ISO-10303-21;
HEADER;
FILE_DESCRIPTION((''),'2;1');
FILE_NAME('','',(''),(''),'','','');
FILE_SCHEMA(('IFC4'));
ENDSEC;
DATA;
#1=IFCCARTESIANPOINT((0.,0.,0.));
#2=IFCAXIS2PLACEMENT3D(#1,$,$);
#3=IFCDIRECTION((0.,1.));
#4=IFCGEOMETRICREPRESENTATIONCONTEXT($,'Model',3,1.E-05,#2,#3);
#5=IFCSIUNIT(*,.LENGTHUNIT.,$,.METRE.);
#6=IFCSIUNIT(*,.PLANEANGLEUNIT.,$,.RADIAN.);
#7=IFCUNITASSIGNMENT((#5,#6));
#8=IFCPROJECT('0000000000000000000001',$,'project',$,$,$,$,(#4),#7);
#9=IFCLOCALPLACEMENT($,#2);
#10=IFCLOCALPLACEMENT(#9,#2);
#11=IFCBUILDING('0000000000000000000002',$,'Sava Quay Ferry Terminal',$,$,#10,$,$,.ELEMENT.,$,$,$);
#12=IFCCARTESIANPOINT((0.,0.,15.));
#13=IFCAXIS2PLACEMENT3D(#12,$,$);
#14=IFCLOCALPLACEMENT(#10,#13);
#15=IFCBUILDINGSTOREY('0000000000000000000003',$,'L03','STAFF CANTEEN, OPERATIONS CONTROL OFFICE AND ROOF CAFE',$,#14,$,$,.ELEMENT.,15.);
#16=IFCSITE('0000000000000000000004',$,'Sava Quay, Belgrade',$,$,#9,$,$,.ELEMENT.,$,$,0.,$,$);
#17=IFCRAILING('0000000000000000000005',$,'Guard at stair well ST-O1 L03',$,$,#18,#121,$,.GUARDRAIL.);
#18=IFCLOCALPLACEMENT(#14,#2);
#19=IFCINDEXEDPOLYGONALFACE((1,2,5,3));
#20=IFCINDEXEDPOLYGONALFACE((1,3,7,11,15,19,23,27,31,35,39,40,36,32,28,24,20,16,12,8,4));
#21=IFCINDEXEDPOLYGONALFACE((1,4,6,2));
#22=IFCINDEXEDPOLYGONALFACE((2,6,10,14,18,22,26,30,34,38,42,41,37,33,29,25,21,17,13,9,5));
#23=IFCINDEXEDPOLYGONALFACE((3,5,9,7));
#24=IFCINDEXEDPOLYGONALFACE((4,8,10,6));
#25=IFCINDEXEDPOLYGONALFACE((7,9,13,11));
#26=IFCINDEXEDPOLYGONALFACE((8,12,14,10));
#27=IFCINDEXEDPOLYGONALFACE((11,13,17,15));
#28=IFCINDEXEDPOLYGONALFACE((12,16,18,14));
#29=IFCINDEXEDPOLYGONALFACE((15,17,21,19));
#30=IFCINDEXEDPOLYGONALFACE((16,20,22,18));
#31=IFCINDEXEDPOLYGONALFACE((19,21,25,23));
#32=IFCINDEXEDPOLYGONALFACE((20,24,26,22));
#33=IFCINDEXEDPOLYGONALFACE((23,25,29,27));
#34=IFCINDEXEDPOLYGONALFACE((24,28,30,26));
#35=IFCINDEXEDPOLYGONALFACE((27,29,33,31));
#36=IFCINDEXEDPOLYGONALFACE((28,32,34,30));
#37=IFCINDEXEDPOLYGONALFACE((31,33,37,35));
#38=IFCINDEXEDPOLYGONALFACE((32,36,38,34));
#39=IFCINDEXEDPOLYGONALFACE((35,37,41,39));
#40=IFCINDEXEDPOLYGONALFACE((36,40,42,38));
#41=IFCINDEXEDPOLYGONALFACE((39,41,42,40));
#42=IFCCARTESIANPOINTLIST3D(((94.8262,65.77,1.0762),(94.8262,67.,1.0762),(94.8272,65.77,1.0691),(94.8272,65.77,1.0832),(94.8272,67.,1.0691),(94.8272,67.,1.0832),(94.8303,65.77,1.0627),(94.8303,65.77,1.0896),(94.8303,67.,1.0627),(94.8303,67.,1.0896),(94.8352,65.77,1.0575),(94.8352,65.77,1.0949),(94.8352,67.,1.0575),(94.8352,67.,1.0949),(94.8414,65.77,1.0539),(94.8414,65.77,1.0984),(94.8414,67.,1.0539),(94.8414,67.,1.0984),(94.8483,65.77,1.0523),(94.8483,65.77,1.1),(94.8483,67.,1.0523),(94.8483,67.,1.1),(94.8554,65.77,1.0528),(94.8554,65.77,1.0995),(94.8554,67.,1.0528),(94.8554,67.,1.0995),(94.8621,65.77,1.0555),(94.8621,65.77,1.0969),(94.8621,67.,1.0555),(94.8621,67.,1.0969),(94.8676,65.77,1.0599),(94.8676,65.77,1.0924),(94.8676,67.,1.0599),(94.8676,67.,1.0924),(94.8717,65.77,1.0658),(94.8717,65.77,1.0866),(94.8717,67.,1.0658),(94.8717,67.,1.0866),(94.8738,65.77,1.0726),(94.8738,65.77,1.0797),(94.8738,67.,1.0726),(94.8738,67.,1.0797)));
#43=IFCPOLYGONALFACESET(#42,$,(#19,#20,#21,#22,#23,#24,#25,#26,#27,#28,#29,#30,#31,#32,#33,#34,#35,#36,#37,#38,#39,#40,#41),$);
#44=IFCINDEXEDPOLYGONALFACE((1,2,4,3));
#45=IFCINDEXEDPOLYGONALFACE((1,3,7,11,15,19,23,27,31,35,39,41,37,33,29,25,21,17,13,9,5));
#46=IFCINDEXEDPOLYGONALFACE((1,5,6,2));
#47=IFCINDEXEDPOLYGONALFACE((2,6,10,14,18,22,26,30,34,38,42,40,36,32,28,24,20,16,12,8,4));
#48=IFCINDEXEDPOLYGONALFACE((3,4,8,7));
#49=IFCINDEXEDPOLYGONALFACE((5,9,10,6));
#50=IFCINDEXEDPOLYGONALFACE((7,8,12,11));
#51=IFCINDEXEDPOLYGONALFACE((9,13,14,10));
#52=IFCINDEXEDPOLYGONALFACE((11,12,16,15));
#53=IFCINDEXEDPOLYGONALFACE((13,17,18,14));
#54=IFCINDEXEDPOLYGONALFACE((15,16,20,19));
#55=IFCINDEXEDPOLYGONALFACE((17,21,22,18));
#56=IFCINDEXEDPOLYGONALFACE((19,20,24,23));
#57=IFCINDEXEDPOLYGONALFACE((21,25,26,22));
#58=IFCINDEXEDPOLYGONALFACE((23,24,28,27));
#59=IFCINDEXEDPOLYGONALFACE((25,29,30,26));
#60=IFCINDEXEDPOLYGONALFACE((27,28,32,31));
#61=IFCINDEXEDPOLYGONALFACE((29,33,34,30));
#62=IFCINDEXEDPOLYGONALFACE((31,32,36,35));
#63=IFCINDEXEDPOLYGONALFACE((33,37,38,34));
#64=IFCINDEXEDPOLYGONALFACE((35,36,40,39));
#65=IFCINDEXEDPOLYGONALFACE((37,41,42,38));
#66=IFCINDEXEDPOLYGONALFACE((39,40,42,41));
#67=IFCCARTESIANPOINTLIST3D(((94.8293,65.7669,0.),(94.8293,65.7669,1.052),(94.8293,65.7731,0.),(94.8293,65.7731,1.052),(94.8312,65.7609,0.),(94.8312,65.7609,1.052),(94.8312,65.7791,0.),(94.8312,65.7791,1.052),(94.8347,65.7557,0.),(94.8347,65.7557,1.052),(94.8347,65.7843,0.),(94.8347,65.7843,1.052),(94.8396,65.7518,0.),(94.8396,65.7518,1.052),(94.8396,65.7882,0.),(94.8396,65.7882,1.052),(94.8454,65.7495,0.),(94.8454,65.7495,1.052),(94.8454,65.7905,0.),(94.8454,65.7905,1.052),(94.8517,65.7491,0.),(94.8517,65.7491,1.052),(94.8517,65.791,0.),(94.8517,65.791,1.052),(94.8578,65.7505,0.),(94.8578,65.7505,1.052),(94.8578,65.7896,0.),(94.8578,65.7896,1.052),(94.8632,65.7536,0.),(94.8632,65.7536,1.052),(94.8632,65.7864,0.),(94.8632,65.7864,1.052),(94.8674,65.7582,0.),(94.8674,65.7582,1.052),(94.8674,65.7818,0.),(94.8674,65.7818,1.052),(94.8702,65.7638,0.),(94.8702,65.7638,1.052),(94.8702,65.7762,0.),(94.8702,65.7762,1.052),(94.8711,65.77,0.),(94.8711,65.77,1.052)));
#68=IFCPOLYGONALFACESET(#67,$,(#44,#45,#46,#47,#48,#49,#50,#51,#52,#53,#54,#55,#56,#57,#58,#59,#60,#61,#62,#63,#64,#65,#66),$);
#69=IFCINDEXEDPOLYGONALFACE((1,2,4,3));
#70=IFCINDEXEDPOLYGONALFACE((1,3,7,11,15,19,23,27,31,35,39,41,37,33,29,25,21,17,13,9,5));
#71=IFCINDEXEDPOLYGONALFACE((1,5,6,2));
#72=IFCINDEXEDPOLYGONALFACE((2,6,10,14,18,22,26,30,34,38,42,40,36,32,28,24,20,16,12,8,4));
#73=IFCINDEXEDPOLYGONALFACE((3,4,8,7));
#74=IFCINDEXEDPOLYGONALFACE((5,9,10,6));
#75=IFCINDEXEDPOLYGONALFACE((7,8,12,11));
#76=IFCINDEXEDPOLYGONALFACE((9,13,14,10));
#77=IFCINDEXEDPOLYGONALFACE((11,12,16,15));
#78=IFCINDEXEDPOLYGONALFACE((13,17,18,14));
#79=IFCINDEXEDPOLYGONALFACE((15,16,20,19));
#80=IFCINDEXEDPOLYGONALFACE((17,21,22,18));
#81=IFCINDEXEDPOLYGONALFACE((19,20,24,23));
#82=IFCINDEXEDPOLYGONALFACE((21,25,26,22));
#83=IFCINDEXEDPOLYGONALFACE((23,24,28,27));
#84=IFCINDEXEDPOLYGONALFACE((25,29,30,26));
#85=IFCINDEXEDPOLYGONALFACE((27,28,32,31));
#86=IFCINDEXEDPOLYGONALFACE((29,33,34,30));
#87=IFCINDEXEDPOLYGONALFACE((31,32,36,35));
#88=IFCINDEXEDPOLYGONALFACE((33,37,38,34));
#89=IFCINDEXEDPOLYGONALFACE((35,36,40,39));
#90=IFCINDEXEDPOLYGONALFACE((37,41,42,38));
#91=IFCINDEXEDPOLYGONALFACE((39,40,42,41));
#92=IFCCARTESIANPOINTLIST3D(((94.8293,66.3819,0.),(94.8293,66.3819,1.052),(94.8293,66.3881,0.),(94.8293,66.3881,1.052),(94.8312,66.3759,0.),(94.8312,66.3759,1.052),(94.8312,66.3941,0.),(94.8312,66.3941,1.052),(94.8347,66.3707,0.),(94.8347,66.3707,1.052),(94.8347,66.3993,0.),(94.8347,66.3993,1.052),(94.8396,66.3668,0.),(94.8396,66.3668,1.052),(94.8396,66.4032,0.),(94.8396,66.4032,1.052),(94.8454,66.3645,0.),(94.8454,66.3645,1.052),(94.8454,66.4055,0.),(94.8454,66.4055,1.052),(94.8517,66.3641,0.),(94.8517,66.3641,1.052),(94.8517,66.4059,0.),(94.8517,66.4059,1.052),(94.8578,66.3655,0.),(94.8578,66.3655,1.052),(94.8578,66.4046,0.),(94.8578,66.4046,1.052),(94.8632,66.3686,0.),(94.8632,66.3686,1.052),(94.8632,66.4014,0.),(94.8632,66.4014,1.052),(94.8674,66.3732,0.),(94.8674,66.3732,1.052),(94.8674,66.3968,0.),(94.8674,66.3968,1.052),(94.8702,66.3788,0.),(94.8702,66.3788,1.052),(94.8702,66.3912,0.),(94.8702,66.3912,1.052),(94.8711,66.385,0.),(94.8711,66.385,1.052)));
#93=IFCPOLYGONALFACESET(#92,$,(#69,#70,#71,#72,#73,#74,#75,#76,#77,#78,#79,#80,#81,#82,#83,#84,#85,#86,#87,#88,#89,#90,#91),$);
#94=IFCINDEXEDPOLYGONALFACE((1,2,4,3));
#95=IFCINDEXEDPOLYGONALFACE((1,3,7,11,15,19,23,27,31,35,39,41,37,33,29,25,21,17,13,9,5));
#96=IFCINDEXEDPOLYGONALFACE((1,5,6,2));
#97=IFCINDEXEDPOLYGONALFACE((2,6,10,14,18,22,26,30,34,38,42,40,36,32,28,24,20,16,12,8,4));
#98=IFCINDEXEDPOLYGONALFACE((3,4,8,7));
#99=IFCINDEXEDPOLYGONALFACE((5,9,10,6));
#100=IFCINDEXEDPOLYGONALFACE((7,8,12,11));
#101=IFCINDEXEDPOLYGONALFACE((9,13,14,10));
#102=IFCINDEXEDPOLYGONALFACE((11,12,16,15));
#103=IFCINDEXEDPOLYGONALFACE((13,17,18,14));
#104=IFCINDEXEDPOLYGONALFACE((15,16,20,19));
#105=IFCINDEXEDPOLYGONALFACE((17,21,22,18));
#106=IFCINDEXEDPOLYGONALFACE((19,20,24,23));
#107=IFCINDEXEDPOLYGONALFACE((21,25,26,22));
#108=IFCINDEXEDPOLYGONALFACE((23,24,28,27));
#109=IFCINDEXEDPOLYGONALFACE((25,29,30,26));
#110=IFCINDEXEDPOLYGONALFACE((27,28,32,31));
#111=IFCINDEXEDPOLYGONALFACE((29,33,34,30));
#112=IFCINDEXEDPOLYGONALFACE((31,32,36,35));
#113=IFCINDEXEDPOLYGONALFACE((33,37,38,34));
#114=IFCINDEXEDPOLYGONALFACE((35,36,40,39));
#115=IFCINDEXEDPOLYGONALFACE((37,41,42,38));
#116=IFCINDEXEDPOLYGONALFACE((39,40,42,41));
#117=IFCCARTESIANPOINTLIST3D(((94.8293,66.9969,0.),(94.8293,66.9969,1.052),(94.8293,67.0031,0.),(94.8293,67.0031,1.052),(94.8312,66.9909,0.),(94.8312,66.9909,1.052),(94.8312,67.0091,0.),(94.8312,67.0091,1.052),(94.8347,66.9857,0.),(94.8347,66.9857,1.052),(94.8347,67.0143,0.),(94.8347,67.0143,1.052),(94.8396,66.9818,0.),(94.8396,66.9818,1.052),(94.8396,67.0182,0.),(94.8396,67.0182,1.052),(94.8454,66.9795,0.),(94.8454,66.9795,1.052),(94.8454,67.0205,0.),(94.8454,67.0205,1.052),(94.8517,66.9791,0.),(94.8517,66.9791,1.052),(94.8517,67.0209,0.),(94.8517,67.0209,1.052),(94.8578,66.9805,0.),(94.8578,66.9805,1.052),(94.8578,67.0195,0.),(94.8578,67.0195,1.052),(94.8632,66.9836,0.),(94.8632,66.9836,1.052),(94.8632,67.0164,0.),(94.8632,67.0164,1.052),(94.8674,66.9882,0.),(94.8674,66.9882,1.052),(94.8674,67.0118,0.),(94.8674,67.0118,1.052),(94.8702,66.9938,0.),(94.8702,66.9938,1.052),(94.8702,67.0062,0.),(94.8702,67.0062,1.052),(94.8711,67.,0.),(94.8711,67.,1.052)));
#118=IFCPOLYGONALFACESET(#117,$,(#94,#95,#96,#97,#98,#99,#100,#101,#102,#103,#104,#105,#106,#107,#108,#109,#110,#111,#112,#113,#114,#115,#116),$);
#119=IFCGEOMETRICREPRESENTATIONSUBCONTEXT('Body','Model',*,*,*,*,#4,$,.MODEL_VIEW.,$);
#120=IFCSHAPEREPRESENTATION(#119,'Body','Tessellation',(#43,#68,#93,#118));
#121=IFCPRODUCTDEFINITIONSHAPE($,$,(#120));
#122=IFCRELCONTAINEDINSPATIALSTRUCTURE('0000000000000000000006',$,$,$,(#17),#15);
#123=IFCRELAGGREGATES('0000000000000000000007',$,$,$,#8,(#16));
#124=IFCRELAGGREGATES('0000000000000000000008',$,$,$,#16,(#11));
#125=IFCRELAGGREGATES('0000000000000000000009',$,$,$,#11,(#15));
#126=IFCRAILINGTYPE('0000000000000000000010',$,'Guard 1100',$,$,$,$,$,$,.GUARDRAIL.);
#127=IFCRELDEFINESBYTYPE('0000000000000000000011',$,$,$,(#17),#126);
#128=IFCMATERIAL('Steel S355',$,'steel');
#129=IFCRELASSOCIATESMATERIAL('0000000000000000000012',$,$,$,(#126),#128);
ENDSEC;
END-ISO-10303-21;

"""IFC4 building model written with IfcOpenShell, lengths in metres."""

from ifc_helpers import new_model, si_unit, direction, frame, origin, origin_2d, place, context, subcontext, project, spatial, circle, extrude, material, type_object, element, save


model = new_model("IFC4")

# Units and contexts
model_context = context("Model", 3, precision=1e-05, world=origin(), true_north=direction((0.0, 1.0)))
body_context = subcontext(model_context, "Body", "Model", "MODEL_VIEW")
ifc_project = project(units=[si_unit("LENGTHUNIT", "METRE"), si_unit("PLANEANGLEUNIT", "RADIAN")], contexts=[model_context])

# Site, building, storey
site_placement = place(None, origin())
site = spatial("IfcSite", under=ifc_project, at=site_placement, Name="Sava Quay, Belgrade", CompositionType="ELEMENT", RefElevation=0.0)
building_placement = place(site_placement, origin())
building = spatial("IfcBuilding", under=site, at=building_placement, Name="Sava Quay Ferry Terminal", CompositionType="ELEMENT")
storey_placement = place(building_placement, frame((0.0, 0.0, 15.0)))
storey = spatial("IfcBuildingStorey", under=building, at=storey_placement, Name="L03", Description="STAFF CANTEEN, OPERATIONS CONTROL OFFICE AND ROOF CAFE", CompositionType="ELEMENT", Elevation=15.0)

# Railing
ifc_material_1 = material(Name="Steel S355", Category="steel")
railing_type = type_object("IfcRailingType", Name="Guard 1100", PredefinedType="GUARDRAIL", material=ifc_material_1)
railing_1_placement = place(storey_placement, frame((94.8501, 65.77, 0.0)))
element("IfcRailing", 1, at=railing_1_placement, inside=storey, type_object=railing_type, Name="Guard at stair well ST-O1 L03", PredefinedType="GUARDRAIL", context=body_context, shape_type="SweptSolid", body=[
    extrude(circle(Radius=0.0239, at=origin_2d()), frame((0.0, 0.0, 1.0762), z_axis=(0.0, 1.0, 0.0), x_axis=(-1.0, 0.0, 0.0)), (0.0, 0.0, 1.0), 1.23),
    extrude(circle(Radius=0.021, at=origin_2d()), origin(), (0.0, 0.0, 1.0), 1.052),
    extrude(circle(Radius=0.021, at=origin_2d()), frame((0.0, 0.615, 0.0)), (0.0, 0.0, 1.0), 1.052),
    extrude(circle(Radius=0.021, at=origin_2d()), frame((0.0, 1.23, 0.0)), (0.0, 0.0, 1.0), 1.052),
])

save(model, "model.ifc")
